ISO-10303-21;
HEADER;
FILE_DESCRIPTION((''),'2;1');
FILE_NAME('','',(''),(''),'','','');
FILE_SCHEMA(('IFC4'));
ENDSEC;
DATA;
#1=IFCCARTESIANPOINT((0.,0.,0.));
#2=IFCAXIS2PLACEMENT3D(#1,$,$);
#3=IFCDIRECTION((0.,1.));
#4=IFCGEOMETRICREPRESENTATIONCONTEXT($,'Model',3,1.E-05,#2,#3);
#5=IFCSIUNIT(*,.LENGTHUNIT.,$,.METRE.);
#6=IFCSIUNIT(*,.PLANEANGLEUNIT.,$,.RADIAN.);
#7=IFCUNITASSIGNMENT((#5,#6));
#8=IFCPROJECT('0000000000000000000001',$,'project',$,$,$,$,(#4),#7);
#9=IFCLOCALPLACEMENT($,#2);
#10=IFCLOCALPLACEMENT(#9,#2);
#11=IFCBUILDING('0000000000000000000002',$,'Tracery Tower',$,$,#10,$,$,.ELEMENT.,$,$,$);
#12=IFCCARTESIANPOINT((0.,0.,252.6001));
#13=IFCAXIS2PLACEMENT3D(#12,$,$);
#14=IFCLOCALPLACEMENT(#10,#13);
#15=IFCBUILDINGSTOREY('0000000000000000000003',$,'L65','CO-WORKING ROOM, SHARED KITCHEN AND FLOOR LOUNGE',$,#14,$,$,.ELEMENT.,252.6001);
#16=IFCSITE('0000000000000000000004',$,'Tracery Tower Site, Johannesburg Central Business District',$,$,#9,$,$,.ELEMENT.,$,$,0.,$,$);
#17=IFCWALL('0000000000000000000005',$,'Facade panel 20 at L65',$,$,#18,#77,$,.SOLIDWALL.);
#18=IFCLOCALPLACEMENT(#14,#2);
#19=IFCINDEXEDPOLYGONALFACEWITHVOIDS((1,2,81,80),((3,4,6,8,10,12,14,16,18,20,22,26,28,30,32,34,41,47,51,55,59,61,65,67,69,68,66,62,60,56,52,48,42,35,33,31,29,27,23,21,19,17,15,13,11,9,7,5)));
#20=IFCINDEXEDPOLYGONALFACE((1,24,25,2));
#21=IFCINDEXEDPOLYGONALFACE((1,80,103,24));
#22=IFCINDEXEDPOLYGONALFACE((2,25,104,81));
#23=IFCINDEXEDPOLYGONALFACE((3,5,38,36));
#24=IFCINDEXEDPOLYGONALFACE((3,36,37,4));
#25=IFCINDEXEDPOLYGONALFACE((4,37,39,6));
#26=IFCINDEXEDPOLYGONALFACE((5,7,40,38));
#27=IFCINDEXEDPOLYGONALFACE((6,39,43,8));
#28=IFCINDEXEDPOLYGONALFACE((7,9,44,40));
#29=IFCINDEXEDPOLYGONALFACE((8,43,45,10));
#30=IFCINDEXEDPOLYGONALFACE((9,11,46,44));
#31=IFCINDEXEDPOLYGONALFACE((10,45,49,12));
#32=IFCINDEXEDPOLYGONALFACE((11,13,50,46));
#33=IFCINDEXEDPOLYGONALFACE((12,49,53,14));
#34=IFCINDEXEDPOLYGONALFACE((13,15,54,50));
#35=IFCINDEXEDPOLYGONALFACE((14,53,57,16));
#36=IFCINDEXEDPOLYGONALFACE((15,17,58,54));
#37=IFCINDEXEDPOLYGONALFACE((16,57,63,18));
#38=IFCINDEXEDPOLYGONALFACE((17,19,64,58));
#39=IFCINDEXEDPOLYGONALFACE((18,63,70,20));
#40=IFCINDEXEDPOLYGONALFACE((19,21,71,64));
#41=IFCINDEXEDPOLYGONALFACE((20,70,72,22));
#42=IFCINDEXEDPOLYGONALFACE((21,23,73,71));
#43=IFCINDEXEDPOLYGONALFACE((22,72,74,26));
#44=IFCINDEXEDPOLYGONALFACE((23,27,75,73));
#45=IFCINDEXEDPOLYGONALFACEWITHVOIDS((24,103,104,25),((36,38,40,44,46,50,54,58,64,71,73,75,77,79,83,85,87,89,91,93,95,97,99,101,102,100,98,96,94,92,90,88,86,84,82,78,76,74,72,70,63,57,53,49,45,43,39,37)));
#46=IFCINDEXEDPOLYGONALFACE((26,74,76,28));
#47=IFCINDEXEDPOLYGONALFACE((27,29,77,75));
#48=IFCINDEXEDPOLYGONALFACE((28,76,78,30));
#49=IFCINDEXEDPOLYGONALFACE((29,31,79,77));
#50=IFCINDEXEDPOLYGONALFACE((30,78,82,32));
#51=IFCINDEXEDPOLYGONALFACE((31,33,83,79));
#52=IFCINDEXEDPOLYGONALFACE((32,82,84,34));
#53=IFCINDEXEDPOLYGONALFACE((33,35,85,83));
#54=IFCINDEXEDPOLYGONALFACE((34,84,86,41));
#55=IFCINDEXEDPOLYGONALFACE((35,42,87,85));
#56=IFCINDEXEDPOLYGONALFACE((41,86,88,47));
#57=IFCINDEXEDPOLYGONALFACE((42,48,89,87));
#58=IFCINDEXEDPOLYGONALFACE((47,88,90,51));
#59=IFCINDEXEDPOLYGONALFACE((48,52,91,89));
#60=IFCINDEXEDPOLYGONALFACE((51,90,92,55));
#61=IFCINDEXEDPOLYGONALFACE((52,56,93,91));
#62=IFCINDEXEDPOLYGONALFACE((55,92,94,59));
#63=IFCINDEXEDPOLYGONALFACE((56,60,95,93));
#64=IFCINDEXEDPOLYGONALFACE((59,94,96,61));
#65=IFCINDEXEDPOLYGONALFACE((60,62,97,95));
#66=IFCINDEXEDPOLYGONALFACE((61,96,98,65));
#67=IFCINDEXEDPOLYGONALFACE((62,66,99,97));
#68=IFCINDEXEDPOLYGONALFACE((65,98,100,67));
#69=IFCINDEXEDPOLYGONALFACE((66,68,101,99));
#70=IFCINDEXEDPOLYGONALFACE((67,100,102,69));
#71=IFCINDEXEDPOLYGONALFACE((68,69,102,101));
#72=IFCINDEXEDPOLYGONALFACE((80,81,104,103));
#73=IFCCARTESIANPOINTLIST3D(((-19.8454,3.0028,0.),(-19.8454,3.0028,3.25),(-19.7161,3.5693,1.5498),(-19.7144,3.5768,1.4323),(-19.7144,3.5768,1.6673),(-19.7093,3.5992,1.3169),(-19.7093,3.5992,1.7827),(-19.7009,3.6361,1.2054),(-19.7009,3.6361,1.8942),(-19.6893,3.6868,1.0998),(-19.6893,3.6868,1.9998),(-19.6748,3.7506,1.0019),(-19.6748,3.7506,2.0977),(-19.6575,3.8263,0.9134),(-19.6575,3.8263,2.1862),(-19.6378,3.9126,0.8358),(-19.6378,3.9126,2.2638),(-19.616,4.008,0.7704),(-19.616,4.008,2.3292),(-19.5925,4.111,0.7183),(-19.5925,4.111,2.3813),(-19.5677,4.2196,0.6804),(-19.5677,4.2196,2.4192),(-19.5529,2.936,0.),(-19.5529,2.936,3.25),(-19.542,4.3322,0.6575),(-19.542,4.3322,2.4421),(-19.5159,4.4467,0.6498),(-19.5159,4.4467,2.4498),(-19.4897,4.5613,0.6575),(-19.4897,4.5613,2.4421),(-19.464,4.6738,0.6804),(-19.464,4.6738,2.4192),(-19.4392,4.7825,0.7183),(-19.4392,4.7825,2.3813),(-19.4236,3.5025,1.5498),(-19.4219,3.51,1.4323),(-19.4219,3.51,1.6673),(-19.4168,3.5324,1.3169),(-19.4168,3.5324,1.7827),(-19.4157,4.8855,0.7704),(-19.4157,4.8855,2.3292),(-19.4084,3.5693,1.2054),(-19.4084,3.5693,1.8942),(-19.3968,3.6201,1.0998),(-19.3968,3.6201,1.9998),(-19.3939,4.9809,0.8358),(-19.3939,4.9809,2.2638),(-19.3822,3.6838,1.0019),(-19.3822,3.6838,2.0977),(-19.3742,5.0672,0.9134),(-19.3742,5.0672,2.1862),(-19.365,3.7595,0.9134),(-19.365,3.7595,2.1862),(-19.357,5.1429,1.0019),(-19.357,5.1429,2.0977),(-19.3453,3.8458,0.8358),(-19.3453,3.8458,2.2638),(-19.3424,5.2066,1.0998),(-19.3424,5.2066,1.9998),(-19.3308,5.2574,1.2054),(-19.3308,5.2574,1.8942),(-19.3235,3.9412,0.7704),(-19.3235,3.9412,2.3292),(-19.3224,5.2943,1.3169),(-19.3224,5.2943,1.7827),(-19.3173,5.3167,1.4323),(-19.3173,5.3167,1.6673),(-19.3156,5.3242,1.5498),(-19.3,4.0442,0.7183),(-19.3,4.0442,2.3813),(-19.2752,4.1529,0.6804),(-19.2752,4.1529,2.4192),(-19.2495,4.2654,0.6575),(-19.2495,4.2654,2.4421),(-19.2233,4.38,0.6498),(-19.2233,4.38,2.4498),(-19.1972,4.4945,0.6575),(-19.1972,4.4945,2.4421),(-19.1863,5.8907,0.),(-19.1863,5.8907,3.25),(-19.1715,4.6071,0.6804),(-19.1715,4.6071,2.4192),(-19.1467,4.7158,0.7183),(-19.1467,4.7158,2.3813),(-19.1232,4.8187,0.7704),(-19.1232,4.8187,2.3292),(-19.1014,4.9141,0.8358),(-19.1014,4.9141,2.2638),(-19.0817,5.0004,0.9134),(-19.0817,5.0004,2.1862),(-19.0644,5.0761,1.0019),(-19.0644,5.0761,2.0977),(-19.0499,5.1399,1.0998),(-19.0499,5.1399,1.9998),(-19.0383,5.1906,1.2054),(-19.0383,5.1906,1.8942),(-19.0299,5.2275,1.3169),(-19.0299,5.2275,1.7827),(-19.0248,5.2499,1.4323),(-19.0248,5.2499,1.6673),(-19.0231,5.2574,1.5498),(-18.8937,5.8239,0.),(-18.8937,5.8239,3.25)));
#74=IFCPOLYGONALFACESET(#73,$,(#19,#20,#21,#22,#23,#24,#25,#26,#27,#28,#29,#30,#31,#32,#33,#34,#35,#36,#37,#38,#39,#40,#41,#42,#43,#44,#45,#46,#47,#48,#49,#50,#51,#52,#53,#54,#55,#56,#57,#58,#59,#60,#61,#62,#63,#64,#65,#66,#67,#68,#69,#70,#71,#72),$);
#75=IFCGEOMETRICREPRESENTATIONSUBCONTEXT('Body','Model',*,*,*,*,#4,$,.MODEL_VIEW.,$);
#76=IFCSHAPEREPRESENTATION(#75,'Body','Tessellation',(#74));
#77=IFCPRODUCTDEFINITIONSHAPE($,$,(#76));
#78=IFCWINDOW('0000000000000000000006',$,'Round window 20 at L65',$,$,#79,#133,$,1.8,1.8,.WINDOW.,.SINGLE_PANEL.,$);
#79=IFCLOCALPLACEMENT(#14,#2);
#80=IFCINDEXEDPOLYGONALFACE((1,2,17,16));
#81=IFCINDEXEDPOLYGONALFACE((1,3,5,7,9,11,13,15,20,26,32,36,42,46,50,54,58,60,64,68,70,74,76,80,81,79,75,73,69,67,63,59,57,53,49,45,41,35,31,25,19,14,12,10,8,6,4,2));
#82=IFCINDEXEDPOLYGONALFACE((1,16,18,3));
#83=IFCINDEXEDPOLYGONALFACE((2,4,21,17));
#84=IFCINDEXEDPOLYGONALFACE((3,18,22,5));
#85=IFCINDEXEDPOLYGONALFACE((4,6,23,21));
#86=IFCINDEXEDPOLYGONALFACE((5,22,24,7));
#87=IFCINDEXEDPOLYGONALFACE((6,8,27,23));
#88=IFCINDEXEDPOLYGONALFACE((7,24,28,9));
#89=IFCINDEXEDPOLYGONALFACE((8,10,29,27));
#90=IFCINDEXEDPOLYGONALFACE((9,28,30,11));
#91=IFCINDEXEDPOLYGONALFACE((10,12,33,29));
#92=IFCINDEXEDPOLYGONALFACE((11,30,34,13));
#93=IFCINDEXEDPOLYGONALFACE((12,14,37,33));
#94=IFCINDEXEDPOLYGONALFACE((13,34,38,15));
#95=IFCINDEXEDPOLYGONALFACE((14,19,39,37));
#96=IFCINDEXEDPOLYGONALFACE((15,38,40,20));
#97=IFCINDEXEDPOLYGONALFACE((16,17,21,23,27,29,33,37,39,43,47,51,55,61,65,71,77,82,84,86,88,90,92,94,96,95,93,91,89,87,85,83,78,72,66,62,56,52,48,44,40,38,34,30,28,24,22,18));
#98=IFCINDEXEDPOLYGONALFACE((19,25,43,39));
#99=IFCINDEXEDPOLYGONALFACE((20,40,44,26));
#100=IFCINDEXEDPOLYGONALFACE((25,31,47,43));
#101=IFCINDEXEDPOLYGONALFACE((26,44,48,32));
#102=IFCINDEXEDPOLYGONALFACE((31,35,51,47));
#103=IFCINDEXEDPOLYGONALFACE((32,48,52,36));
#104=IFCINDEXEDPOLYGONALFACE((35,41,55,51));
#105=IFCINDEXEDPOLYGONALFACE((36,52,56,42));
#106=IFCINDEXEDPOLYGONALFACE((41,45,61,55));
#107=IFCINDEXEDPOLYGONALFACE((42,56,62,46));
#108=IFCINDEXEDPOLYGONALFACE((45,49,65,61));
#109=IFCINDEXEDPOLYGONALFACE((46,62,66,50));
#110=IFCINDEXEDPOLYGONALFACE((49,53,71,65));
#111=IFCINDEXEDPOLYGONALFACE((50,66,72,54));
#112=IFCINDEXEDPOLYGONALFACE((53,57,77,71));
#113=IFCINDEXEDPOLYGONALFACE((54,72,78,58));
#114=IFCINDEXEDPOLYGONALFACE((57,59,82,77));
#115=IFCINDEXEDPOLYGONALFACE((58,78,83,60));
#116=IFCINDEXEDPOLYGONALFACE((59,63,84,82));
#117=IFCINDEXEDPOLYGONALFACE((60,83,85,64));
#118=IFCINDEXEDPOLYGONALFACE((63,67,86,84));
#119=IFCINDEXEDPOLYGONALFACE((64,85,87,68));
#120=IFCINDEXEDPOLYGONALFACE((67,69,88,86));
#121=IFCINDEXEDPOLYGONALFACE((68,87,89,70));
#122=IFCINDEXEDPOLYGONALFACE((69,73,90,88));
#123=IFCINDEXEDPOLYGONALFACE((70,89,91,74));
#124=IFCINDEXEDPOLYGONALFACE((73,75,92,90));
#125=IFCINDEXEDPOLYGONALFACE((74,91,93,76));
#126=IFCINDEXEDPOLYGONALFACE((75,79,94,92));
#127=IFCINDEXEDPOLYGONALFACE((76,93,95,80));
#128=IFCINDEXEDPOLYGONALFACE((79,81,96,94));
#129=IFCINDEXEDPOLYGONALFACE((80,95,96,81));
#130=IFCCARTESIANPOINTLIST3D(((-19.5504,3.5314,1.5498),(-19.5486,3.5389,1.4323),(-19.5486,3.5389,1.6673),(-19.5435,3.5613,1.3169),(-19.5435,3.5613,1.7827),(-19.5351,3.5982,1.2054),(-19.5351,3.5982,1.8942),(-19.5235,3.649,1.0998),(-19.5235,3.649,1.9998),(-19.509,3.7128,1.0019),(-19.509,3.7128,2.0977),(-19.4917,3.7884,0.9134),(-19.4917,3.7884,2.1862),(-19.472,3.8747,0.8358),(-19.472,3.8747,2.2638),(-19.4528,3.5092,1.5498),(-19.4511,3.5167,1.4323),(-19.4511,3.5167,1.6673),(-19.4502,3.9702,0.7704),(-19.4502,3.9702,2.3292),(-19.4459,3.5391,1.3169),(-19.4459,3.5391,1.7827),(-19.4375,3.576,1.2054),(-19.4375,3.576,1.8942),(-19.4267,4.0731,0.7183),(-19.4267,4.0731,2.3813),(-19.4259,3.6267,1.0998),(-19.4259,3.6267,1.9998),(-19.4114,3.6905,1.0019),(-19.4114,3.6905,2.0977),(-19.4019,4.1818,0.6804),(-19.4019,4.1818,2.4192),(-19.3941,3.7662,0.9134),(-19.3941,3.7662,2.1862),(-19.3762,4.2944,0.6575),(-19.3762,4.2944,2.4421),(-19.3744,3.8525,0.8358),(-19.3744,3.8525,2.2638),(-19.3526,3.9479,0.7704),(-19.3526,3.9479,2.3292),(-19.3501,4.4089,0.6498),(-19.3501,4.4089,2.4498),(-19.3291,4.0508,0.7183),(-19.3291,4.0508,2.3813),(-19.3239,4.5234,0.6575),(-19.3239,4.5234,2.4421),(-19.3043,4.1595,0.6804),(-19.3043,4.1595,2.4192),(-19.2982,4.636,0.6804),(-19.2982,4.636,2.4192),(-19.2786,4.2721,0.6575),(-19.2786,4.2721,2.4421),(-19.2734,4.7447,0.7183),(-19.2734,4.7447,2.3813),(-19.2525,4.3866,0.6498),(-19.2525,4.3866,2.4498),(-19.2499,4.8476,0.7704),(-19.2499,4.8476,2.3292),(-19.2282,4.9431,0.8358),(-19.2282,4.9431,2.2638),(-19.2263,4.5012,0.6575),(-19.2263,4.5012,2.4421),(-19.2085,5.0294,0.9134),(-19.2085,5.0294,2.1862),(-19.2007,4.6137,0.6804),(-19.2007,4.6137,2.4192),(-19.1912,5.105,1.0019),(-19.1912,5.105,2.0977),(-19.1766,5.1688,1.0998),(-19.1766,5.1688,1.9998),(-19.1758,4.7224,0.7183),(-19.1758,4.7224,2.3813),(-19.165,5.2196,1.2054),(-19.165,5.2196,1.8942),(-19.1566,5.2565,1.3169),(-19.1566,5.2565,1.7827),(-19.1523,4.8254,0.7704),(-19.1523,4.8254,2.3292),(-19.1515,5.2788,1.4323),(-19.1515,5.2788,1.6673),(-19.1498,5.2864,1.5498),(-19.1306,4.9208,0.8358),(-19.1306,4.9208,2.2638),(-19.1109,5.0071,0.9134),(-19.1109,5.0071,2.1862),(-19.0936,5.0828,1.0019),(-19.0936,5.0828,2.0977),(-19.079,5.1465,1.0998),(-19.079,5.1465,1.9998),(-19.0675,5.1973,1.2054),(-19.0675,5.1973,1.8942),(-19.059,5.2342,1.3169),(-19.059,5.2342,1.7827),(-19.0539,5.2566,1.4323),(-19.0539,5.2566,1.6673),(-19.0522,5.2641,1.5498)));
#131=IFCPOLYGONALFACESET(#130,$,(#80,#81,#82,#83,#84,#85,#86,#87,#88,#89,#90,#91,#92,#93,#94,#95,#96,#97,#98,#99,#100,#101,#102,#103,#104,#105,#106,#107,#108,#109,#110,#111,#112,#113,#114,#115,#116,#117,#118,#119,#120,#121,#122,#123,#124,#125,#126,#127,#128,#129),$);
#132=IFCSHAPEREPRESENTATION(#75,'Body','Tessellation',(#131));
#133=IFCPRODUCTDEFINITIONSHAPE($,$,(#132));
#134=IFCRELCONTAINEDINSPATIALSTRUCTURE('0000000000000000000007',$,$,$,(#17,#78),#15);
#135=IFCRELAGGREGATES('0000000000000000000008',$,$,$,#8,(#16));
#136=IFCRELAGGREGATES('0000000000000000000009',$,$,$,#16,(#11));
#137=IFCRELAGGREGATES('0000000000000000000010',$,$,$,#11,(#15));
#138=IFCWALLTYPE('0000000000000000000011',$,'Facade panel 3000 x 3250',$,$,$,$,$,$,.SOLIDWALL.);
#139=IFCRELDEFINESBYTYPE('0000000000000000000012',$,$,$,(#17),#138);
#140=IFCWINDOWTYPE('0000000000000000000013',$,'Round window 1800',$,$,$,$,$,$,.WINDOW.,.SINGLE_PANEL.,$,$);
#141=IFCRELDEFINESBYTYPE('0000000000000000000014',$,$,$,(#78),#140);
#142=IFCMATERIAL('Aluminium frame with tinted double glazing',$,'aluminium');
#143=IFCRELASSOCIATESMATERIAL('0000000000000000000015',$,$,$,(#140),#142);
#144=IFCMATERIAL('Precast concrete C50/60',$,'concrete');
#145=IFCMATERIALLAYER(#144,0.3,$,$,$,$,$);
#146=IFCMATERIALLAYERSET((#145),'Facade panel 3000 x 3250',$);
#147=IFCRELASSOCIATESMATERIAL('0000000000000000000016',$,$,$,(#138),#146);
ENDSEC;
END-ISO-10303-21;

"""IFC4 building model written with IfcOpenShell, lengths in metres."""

from ifc_helpers import new_model, si_unit, direction, frame, frame_2d, origin, origin_2d, place, context, subcontext, project, spatial, rectangle, circle, extrude, material, layer, layer_set, type_object, element, fill, save


model = new_model("IFC4")

# Units and contexts
model_context = context("Model", 3, precision=1e-05, world=origin(), true_north=direction((0.0, 1.0)))
body_context = subcontext(model_context, "Body", "Model", "MODEL_VIEW")
ifc_project = project(units=[si_unit("LENGTHUNIT", "METRE"), si_unit("PLANEANGLEUNIT", "RADIAN")], contexts=[model_context])

# Site, building, storey
site_placement = place(None, origin())
site = spatial("IfcSite", under=ifc_project, at=site_placement, Name="Tracery Tower Site, Johannesburg Central Business District", CompositionType="ELEMENT", RefElevation=0.0)
building_placement = place(site_placement, origin())
building = spatial("IfcBuilding", under=site, at=building_placement, Name="Tracery Tower", CompositionType="ELEMENT")
storey_placement = place(building_placement, frame((0.0, 0.0, 252.6001)))
storey = spatial("IfcBuildingStorey", under=building, at=storey_placement, Name="L65", Description="CO-WORKING ROOM, SHARED KITCHEN AND FLOOR LOUNGE", CompositionType="ELEMENT", Elevation=252.6001)

# Wall, opening, window
ifc_material_1 = material(Name="Aluminium frame with tinted double glazing", Category="aluminium")
window_type = type_object("IfcWindowType", Name="Round window 1800", PartitioningType="SINGLE_PANEL", PredefinedType="WINDOW", material=ifc_material_1)
ifc_material_2 = material(Name="Precast concrete C50/60", Category="concrete")
ifc_layer_1 = layer(ifc_material_2, 0.3)
ifc_layer_set_1 = layer_set([ifc_layer_1], Name="Facade panel 3000 x 3250")
wall_type_1 = type_object("IfcWallType", Name="Facade panel 3000 x 3250", PredefinedType="SOLIDWALL", material=ifc_layer_set_1)
wall_1_placement = place(storey_placement, frame((-19.04, 5.8572, 0.0), z_axis=(0.0, 0.0, 1.0), x_axis=(-0.222529, -0.974926, 0.0)))
wall_1 = element("IfcWall", 1, at=wall_1_placement, inside=storey, type_object=wall_type_1, Name="Facade panel 20 at L65", PredefinedType="SOLIDWALL", context=body_context, shape_type="SweptSolid", body=[
    extrude(rectangle(XDim=2.9622, YDim=0.3, at=frame_2d((1.481, 0.0))), origin(), (0.0, 0.0, 1.0), 3.25),
])
opening_1_placement = place(wall_1_placement, frame((1.481, 0.0, 1.5498)))
opening_1 = element("IfcOpeningElement", 2, at=opening_1_placement, cuts=wall_1, PredefinedType="OPENING", context=body_context, shape_type="SweptSolid", body=[
    extrude(circle(Radius=0.9, at=origin_2d()), frame((0.0, 0.1599, 0.0), z_axis=(0.0, -1.0, 0.0), x_axis=(1.0, 0.0, 0.0)), (0.0, 0.0, 1.0), 0.3201),
])
window_1_placement = place(opening_1_placement, origin())
window_1 = element("IfcWindow", 3, at=window_1_placement, inside=storey, type_object=window_type, Name="Round window 20 at L65", OverallHeight=1.8, OverallWidth=1.8, PartitioningType="SINGLE_PANEL", PredefinedType="WINDOW", context=body_context, shape_type="SweptSolid", body=[
    extrude(circle(Radius=0.9, at=origin_2d()), frame((0.0, 0.1201, 0.0), z_axis=(0.0, -1.0, 0.0), x_axis=(1.0, 0.0, 0.0)), (0.0, 0.0, 1.0), 0.1001),
])
fill(opening_1, window_1)

save(model, "model.ifc")
